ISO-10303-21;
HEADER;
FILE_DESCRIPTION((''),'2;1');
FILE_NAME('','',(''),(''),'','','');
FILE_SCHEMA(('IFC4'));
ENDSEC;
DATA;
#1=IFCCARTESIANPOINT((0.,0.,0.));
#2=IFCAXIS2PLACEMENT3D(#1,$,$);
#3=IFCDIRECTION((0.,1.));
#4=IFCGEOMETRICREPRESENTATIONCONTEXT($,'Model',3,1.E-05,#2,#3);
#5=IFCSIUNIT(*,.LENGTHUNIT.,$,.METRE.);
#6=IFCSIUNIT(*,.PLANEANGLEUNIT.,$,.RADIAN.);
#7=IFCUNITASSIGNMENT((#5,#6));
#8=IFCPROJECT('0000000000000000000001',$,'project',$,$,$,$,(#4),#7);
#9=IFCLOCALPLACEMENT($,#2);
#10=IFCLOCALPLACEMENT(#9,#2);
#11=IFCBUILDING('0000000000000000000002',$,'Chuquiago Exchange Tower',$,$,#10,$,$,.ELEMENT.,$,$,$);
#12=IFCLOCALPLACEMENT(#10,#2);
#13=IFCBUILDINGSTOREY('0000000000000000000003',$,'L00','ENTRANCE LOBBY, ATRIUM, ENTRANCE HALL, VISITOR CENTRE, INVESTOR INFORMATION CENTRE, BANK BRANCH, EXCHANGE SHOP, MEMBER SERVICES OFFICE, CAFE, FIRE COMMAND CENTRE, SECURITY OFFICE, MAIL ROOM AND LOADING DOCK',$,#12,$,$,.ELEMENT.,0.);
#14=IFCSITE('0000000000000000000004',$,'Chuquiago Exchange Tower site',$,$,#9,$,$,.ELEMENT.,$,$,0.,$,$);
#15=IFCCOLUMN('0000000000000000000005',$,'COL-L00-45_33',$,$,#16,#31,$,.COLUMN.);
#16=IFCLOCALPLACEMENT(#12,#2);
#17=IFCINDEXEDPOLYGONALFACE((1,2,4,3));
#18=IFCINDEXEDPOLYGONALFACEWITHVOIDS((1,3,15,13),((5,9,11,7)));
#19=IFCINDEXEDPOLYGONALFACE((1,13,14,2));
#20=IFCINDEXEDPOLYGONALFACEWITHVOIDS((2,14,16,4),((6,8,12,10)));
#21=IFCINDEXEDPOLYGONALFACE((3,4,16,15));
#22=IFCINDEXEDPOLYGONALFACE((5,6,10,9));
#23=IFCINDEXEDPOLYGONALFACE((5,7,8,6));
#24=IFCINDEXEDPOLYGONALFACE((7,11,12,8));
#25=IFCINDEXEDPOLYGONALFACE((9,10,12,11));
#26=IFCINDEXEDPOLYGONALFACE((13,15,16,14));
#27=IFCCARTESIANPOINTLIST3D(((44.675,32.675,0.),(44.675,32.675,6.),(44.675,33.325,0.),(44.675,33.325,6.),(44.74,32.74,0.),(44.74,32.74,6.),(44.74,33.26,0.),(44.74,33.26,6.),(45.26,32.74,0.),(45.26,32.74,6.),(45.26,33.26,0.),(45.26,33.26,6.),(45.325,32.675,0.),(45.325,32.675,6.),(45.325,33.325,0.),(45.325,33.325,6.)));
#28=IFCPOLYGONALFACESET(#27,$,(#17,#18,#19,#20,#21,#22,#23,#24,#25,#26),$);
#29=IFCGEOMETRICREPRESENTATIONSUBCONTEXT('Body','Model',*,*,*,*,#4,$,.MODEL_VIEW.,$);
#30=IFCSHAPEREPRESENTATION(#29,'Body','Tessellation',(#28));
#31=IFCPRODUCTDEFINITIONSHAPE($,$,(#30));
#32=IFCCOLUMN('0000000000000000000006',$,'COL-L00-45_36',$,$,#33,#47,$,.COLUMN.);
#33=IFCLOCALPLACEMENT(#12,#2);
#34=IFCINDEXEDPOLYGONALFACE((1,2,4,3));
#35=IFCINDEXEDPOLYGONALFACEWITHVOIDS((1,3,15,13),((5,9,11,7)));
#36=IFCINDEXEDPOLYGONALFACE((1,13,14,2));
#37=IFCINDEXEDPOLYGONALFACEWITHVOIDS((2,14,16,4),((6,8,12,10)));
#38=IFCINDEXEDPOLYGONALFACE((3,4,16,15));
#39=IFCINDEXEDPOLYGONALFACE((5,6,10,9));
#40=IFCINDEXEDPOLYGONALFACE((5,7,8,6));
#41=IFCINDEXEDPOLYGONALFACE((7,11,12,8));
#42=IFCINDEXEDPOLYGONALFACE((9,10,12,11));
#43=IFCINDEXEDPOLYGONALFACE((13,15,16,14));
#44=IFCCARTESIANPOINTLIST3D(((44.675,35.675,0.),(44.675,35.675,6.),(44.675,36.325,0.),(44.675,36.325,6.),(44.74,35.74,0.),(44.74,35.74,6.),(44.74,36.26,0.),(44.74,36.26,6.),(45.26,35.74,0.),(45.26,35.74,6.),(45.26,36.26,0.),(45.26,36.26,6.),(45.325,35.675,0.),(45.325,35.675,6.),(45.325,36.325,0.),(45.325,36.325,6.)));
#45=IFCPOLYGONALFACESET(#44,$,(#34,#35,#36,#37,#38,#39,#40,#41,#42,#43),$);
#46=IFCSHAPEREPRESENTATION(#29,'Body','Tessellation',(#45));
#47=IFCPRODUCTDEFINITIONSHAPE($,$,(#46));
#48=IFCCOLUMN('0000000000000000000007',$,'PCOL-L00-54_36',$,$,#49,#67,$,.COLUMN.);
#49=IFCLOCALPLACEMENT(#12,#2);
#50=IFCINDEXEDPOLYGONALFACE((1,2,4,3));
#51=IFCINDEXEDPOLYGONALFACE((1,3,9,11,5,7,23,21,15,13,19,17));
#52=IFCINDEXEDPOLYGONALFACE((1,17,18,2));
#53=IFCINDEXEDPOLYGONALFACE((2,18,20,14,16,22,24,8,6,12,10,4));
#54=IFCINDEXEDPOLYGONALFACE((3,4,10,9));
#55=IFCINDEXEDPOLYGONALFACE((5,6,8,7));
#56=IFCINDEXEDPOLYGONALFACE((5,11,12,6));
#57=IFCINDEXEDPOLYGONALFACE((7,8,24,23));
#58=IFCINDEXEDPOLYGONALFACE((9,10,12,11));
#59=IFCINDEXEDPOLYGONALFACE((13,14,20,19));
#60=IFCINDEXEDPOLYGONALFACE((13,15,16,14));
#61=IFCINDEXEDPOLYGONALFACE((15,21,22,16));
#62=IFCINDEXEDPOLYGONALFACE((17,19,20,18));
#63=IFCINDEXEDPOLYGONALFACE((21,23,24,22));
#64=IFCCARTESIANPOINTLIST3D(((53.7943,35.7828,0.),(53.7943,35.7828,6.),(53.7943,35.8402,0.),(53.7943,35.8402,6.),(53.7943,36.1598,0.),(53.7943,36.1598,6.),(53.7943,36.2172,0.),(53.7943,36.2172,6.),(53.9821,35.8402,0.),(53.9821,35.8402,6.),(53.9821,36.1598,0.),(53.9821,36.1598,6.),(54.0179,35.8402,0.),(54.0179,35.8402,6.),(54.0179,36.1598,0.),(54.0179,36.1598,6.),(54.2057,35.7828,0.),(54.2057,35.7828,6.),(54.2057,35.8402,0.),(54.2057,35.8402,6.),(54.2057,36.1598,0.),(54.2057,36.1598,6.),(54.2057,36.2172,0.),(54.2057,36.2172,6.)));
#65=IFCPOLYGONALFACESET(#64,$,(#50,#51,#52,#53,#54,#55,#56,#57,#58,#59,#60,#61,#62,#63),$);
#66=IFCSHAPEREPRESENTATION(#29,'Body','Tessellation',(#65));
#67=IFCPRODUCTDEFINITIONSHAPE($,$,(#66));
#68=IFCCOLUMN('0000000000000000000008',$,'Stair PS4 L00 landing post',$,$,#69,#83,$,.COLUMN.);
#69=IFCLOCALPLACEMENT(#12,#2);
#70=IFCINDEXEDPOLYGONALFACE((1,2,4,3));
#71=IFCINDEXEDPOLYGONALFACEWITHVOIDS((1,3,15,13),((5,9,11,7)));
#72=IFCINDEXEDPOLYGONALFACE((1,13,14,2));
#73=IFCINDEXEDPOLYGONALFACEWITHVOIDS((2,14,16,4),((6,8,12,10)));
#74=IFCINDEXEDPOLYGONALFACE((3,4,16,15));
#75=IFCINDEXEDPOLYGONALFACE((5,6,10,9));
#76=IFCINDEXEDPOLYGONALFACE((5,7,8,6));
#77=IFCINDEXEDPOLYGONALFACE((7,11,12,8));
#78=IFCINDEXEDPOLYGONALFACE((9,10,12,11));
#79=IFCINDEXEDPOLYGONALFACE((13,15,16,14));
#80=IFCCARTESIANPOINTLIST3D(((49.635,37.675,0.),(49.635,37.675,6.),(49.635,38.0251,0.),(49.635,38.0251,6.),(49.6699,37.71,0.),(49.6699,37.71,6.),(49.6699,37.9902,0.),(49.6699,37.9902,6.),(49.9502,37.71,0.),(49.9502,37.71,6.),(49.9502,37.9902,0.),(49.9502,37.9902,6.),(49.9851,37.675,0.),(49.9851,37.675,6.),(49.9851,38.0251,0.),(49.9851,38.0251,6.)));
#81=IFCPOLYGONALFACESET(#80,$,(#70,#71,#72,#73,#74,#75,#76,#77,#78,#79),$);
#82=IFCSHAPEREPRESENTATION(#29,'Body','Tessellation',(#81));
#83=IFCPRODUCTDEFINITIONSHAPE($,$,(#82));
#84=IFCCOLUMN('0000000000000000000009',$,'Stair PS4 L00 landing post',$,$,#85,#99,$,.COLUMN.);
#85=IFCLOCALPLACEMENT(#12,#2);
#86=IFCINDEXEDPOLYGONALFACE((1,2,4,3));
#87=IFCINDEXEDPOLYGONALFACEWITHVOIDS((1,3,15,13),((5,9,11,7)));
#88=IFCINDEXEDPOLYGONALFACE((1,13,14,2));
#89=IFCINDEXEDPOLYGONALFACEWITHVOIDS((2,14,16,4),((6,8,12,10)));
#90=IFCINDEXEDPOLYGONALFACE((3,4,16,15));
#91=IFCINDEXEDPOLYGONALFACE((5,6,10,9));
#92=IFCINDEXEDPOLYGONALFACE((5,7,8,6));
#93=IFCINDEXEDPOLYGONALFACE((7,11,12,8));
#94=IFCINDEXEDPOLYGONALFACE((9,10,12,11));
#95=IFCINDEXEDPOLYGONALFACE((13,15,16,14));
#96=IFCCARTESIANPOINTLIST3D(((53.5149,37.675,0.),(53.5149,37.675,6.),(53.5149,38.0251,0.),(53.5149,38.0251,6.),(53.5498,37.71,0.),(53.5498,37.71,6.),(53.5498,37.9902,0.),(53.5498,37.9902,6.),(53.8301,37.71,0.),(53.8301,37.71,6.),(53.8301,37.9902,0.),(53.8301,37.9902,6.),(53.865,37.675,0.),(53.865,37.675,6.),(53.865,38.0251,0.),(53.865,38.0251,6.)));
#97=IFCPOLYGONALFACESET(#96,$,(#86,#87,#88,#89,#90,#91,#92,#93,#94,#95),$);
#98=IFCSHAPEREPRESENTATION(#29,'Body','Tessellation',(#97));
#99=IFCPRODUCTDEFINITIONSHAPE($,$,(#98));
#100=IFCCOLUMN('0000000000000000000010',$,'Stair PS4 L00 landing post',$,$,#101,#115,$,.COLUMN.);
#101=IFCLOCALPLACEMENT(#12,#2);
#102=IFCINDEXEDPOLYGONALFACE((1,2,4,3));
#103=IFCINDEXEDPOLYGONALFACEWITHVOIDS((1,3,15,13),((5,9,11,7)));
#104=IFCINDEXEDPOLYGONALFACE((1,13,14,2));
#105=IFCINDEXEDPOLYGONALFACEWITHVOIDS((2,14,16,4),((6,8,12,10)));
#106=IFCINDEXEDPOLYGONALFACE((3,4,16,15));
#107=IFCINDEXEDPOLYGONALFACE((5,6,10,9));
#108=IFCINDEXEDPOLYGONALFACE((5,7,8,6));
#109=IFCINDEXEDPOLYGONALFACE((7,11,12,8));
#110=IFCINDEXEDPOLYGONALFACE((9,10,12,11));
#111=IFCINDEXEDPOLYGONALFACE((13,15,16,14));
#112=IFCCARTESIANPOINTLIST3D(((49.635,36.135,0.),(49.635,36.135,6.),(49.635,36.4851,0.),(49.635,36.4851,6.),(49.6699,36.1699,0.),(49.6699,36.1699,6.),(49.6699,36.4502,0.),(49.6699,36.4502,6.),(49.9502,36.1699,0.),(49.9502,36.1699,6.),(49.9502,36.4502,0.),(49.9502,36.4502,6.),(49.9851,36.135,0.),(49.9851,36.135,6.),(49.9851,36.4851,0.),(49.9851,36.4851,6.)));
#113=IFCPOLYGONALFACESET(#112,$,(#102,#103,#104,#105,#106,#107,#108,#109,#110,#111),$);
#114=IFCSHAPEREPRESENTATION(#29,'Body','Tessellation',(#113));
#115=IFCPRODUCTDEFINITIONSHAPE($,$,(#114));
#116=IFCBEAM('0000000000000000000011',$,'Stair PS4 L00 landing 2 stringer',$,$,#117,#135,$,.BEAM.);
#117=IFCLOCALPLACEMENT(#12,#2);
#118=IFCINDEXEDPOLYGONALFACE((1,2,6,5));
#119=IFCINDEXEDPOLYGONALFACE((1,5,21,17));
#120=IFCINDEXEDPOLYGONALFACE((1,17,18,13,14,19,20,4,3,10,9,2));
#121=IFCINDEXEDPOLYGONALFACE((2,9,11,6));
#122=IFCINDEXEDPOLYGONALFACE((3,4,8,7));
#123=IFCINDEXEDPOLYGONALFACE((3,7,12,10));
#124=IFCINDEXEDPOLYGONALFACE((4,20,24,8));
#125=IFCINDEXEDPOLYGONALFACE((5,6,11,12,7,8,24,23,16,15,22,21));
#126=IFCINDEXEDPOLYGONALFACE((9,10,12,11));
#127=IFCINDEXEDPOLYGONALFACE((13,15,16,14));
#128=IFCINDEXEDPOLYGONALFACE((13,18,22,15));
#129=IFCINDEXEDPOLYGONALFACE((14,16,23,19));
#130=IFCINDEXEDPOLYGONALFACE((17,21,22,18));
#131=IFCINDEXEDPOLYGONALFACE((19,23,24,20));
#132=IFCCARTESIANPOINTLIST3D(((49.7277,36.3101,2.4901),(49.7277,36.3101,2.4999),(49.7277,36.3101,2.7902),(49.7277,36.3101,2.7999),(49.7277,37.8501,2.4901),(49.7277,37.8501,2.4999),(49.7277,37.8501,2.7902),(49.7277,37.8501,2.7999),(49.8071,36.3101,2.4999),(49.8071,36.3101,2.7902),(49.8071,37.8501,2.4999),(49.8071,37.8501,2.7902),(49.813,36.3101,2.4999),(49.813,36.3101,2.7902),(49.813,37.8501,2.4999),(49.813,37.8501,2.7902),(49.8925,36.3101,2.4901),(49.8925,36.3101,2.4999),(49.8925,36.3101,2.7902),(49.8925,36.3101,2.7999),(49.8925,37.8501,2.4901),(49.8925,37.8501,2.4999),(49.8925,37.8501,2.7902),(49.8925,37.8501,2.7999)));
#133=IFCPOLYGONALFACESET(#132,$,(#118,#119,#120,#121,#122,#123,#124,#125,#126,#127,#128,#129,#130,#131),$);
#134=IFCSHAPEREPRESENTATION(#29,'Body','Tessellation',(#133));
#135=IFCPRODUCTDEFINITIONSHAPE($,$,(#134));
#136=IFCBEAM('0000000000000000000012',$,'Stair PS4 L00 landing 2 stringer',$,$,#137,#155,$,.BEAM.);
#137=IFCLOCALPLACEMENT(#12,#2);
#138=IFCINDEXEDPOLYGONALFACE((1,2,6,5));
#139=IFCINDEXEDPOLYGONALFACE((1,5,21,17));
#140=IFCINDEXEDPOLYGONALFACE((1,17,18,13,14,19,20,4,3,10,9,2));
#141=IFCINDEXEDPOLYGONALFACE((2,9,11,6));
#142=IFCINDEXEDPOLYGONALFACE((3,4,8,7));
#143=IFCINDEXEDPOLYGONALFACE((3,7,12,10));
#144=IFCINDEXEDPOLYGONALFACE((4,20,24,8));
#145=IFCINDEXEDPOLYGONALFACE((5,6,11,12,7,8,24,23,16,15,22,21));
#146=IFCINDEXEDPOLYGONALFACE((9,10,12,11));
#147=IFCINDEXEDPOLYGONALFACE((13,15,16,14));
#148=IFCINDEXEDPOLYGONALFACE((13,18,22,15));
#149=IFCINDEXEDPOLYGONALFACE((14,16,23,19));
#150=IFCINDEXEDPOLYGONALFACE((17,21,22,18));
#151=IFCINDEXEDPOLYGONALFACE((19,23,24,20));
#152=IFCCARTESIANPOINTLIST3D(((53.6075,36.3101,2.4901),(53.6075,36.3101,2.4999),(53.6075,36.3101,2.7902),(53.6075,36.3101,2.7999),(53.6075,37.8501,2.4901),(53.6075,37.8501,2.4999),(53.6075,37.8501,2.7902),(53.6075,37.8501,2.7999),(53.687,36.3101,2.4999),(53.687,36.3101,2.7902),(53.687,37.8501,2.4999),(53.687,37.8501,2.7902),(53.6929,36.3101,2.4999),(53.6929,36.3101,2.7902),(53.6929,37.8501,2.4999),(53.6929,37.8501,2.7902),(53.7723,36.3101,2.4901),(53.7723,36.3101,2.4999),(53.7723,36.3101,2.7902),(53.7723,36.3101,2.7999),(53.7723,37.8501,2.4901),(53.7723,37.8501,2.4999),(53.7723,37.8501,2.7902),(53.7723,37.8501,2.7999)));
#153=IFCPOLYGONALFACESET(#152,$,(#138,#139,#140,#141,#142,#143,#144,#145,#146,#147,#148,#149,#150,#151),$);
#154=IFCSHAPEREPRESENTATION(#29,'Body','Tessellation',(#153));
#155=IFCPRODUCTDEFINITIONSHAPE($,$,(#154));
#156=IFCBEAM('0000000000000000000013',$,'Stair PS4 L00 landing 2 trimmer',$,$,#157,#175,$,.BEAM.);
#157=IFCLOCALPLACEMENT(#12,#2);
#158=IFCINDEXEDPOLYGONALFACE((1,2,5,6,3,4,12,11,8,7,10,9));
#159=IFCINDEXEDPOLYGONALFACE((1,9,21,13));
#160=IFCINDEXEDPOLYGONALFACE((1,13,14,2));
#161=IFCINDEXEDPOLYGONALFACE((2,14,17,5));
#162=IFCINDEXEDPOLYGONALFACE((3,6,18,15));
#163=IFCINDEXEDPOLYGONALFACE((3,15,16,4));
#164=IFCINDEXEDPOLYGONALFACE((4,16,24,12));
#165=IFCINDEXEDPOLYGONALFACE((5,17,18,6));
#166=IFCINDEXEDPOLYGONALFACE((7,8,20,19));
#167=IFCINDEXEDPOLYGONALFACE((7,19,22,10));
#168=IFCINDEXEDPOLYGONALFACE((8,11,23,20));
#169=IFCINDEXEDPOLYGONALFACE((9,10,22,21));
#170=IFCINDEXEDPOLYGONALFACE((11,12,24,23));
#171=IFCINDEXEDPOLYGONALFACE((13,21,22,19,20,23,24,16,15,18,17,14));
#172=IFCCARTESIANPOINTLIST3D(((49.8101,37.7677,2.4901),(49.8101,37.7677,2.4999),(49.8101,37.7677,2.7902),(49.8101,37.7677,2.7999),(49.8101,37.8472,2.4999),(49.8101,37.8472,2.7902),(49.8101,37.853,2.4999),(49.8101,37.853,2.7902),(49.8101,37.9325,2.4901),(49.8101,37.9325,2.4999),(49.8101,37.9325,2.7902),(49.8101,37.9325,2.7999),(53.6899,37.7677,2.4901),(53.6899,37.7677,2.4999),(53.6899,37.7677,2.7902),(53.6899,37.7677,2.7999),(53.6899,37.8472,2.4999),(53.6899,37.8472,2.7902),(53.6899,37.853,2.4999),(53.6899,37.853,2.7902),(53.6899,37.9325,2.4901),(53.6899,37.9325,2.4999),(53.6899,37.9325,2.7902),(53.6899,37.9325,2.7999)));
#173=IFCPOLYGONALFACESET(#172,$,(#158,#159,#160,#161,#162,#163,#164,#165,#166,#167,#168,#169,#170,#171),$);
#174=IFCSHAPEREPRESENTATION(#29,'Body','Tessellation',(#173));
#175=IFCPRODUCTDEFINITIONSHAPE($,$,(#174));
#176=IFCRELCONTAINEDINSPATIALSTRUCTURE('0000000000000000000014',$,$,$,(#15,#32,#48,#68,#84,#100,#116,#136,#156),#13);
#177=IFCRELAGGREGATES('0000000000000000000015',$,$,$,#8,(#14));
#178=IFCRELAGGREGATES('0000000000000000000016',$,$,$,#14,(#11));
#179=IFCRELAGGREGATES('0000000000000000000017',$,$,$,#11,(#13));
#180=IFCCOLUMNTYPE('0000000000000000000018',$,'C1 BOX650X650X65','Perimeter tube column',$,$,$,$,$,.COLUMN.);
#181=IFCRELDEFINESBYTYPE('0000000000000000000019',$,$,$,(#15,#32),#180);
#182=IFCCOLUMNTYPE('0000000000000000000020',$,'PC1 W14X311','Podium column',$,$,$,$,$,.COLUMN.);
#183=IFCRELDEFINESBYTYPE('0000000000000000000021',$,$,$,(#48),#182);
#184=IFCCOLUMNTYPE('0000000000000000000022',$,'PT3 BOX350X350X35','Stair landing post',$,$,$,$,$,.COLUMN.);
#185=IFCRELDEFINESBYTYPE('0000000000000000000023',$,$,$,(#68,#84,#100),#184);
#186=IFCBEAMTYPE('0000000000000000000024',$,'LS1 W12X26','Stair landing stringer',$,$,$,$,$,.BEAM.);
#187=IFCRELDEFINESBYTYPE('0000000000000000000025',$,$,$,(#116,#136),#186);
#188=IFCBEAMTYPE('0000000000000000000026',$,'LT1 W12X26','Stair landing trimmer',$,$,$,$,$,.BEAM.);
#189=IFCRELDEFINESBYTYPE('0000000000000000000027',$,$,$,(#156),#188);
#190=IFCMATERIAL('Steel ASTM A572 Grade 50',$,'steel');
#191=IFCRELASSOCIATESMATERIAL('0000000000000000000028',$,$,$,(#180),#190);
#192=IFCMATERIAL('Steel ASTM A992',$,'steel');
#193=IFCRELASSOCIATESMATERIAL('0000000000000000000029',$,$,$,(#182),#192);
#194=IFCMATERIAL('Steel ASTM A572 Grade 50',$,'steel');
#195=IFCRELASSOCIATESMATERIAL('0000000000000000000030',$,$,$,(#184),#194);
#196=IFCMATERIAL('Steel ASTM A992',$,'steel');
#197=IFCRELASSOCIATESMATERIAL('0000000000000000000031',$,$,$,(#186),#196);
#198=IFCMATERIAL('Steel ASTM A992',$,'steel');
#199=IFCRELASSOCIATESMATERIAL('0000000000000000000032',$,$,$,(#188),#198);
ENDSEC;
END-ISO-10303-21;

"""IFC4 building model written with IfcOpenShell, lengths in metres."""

from ifc_helpers import new_model, si_unit, direction, frame, origin, origin_2d, place, context, subcontext, project, spatial, hollow_rectangle, i_section, extrude, material, material_profile, profile_set, type_object, element, save


model = new_model("IFC4")

# Units and contexts
model_context = context("Model", 3, precision=1e-05, world=origin(), true_north=direction((0.0, 1.0)))
body_context = subcontext(model_context, "Body", "Model", "MODEL_VIEW")
ifc_project = project(units=[si_unit("LENGTHUNIT", "METRE"), si_unit("PLANEANGLEUNIT", "RADIAN")], contexts=[model_context])

# Site, building, storey
site_placement = place(None, origin())
site = spatial("IfcSite", under=ifc_project, at=site_placement, Name="Chuquiago Exchange Tower site", CompositionType="ELEMENT", RefElevation=0.0)
building_placement = place(site_placement, origin())
building = spatial("IfcBuilding", under=site, at=building_placement, Name="Chuquiago Exchange Tower", CompositionType="ELEMENT")
storey_placement = place(building_placement, origin())
storey = spatial("IfcBuildingStorey", under=building, at=storey_placement, Name="L00", Description="ENTRANCE LOBBY, ATRIUM, ENTRANCE HALL, VISITOR CENTRE, INVESTOR INFORMATION CENTRE, BANK BRANCH, EXCHANGE SHOP, MEMBER SERVICES OFFICE, CAFE, FIRE COMMAND CENTRE, SECURITY OFFICE, MAIL ROOM AND LOADING DOCK", CompositionType="ELEMENT", Elevation=0.0)

# Columns
ifc_material_1 = material(Name="Steel ASTM A572 Grade 50", Category="steel")
ifc_material_profile_1 = material_profile(ifc_material_1, hollow_rectangle(XDim=0.6499, YDim=0.6499, WallThickness=0.0649, at=origin_2d()), Name="BOX650X650X65")
ifc_profile_set_1 = profile_set([ifc_material_profile_1], Name="Steel ASTM A572 Grade 50")
column_type_1 = type_object("IfcColumnType", Name="C1 BOX650X650X65", Description="Perimeter tube column", PredefinedType="COLUMN", material=ifc_profile_set_1)
for number, where, z_axis, x_axis, name in (
    (1, (45.0, 33.0, 0.0), (0.0, 0.0, 1.0), (1.0, 0.0, 0.0), "COL-L00-45_33"),
    (2, (45.0, 36.0, 0.0), (0.0, 0.0, 1.0), (1.0, 0.0, 0.0), "COL-L00-45_36"),
):
    element("IfcColumn", number, at=place(storey_placement, frame(where, z_axis=z_axis, x_axis=x_axis)), inside=storey, type_object=column_type_1, Name=name, PredefinedType="COLUMN", context=body_context, shape_type="SweptSolid", body=[
        extrude(hollow_rectangle(XDim=0.6499, YDim=0.6499, WallThickness=0.0649, at=origin_2d()), origin(), (0.0, 0.0, 1.0), 6.0),
    ])
ifc_material_2 = material(Name="Steel ASTM A992", Category="steel")
ifc_material_profile_2 = material_profile(ifc_material_2, i_section(OverallWidth=0.4114, OverallDepth=0.4343, WebThickness=0.0359, FlangeThickness=0.0574, at=origin_2d()), Name="W14X311")
ifc_profile_set_2 = profile_set([ifc_material_profile_2], Name="Steel ASTM A992")
column_type_2 = type_object("IfcColumnType", Name="PC1 W14X311", Description="Podium column", PredefinedType="COLUMN", material=ifc_profile_set_2)
column_placement = place(storey_placement, frame((54.0, 36.0, 0.0), z_axis=(0.0, 0.0, 1.0), x_axis=(1.0, 0.0, 0.0)))
element("IfcColumn", 3, at=column_placement, inside=storey, type_object=column_type_2, Name="PCOL-L00-54_36", PredefinedType="COLUMN", context=body_context, shape_type="SweptSolid", body=[
    extrude(i_section(OverallWidth=0.4114, OverallDepth=0.4343, WebThickness=0.0359, FlangeThickness=0.0574, at=origin_2d()), origin(), (0.0, 0.0, 1.0), 6.0),
])
ifc_material_3 = material(Name="Steel ASTM A572 Grade 50", Category="steel")
ifc_material_profile_3 = material_profile(ifc_material_3, hollow_rectangle(XDim=0.3501, YDim=0.3501, WallThickness=0.0349, at=origin_2d()), Name="BOX350X350X35")
ifc_profile_set_3 = profile_set([ifc_material_profile_3], Name="Steel ASTM A572 Grade 50")
column_type_3 = type_object("IfcColumnType", Name="PT3 BOX350X350X35", Description="Stair landing post", PredefinedType="COLUMN", material=ifc_profile_set_3)
for number, where, z_axis, x_axis, name in (
    (4, (49.8101, 37.8501, 0.0), (0.0, 0.0, 1.0), (1.0, 0.0, 0.0), "Stair PS4 L00 landing post"),
    (5, (53.6899, 37.8501, 0.0), (0.0, 0.0, 1.0), (1.0, 0.0, 0.0), "Stair PS4 L00 landing post"),
    (6, (49.8101, 36.3101, 0.0), (0.0, 0.0, 1.0), (1.0, 0.0, 0.0), "Stair PS4 L00 landing post"),
):
    element("IfcColumn", number, at=place(storey_placement, frame(where, z_axis=z_axis, x_axis=x_axis)), inside=storey, type_object=column_type_3, Name=name, PredefinedType="COLUMN", context=body_context, shape_type="SweptSolid", body=[
        extrude(hollow_rectangle(XDim=0.3501, YDim=0.3501, WallThickness=0.0349, at=origin_2d()), origin(), (0.0, 0.0, 1.0), 6.0),
    ])

# Beams
ifc_material_4 = material(Name="Steel ASTM A992", Category="steel")
ifc_material_profile_4 = material_profile(ifc_material_4, i_section(OverallWidth=0.1648, OverallDepth=0.3098, WebThickness=0.0059, FlangeThickness=0.0098, at=origin_2d()), Name="W12X26")
ifc_profile_set_4 = profile_set([ifc_material_profile_4], Name="Steel ASTM A992")
beam_type_1 = type_object("IfcBeamType", Name="LS1 W12X26", Description="Stair landing stringer", PredefinedType="BEAM", material=ifc_profile_set_4)
for number, where, z_axis, x_axis, name in (
    (7, (49.8101, 36.3101, 2.645), (0.0, 1.0, 0.0), (-1.0, 0.0, 0.0), "Stair PS4 L00 landing 2 stringer"),
    (8, (53.6899, 36.3101, 2.645), (0.0, 1.0, 0.0), (-1.0, 0.0, 0.0), "Stair PS4 L00 landing 2 stringer"),
):
    element("IfcBeam", number, at=place(storey_placement, frame(where, z_axis=z_axis, x_axis=x_axis)), inside=storey, type_object=beam_type_1, Name=name, PredefinedType="BEAM", context=body_context, shape_type="SweptSolid", body=[
        extrude(i_section(OverallWidth=0.1648, OverallDepth=0.3098, WebThickness=0.0059, FlangeThickness=0.0098, at=origin_2d()), origin(), (0.0, 0.0, 1.0), 1.54),
    ])
ifc_material_5 = material(Name="Steel ASTM A992", Category="steel")
ifc_material_profile_5 = material_profile(ifc_material_5, i_section(OverallWidth=0.1648, OverallDepth=0.3098, WebThickness=0.0059, FlangeThickness=0.0098, at=origin_2d()), Name="W12X26")
ifc_profile_set_5 = profile_set([ifc_material_profile_5], Name="Steel ASTM A992")
beam_type_2 = type_object("IfcBeamType", Name="LT1 W12X26", Description="Stair landing trimmer", PredefinedType="BEAM", material=ifc_profile_set_5)
beam_1_placement = place(storey_placement, frame((49.8101, 37.8501, 2.645), z_axis=(1.0, 0.0, 0.0), x_axis=(0.0, 1.0, 0.0)))
element("IfcBeam", 9, at=beam_1_placement, inside=storey, type_object=beam_type_2, Name="Stair PS4 L00 landing 2 trimmer", PredefinedType="BEAM", context=body_context, shape_type="SweptSolid", body=[
    extrude(i_section(OverallWidth=0.1648, OverallDepth=0.3098, WebThickness=0.0059, FlangeThickness=0.0098, at=origin_2d()), origin(), (0.0, 0.0, 1.0), 3.8799),
])

save(model, "model.ifc")
